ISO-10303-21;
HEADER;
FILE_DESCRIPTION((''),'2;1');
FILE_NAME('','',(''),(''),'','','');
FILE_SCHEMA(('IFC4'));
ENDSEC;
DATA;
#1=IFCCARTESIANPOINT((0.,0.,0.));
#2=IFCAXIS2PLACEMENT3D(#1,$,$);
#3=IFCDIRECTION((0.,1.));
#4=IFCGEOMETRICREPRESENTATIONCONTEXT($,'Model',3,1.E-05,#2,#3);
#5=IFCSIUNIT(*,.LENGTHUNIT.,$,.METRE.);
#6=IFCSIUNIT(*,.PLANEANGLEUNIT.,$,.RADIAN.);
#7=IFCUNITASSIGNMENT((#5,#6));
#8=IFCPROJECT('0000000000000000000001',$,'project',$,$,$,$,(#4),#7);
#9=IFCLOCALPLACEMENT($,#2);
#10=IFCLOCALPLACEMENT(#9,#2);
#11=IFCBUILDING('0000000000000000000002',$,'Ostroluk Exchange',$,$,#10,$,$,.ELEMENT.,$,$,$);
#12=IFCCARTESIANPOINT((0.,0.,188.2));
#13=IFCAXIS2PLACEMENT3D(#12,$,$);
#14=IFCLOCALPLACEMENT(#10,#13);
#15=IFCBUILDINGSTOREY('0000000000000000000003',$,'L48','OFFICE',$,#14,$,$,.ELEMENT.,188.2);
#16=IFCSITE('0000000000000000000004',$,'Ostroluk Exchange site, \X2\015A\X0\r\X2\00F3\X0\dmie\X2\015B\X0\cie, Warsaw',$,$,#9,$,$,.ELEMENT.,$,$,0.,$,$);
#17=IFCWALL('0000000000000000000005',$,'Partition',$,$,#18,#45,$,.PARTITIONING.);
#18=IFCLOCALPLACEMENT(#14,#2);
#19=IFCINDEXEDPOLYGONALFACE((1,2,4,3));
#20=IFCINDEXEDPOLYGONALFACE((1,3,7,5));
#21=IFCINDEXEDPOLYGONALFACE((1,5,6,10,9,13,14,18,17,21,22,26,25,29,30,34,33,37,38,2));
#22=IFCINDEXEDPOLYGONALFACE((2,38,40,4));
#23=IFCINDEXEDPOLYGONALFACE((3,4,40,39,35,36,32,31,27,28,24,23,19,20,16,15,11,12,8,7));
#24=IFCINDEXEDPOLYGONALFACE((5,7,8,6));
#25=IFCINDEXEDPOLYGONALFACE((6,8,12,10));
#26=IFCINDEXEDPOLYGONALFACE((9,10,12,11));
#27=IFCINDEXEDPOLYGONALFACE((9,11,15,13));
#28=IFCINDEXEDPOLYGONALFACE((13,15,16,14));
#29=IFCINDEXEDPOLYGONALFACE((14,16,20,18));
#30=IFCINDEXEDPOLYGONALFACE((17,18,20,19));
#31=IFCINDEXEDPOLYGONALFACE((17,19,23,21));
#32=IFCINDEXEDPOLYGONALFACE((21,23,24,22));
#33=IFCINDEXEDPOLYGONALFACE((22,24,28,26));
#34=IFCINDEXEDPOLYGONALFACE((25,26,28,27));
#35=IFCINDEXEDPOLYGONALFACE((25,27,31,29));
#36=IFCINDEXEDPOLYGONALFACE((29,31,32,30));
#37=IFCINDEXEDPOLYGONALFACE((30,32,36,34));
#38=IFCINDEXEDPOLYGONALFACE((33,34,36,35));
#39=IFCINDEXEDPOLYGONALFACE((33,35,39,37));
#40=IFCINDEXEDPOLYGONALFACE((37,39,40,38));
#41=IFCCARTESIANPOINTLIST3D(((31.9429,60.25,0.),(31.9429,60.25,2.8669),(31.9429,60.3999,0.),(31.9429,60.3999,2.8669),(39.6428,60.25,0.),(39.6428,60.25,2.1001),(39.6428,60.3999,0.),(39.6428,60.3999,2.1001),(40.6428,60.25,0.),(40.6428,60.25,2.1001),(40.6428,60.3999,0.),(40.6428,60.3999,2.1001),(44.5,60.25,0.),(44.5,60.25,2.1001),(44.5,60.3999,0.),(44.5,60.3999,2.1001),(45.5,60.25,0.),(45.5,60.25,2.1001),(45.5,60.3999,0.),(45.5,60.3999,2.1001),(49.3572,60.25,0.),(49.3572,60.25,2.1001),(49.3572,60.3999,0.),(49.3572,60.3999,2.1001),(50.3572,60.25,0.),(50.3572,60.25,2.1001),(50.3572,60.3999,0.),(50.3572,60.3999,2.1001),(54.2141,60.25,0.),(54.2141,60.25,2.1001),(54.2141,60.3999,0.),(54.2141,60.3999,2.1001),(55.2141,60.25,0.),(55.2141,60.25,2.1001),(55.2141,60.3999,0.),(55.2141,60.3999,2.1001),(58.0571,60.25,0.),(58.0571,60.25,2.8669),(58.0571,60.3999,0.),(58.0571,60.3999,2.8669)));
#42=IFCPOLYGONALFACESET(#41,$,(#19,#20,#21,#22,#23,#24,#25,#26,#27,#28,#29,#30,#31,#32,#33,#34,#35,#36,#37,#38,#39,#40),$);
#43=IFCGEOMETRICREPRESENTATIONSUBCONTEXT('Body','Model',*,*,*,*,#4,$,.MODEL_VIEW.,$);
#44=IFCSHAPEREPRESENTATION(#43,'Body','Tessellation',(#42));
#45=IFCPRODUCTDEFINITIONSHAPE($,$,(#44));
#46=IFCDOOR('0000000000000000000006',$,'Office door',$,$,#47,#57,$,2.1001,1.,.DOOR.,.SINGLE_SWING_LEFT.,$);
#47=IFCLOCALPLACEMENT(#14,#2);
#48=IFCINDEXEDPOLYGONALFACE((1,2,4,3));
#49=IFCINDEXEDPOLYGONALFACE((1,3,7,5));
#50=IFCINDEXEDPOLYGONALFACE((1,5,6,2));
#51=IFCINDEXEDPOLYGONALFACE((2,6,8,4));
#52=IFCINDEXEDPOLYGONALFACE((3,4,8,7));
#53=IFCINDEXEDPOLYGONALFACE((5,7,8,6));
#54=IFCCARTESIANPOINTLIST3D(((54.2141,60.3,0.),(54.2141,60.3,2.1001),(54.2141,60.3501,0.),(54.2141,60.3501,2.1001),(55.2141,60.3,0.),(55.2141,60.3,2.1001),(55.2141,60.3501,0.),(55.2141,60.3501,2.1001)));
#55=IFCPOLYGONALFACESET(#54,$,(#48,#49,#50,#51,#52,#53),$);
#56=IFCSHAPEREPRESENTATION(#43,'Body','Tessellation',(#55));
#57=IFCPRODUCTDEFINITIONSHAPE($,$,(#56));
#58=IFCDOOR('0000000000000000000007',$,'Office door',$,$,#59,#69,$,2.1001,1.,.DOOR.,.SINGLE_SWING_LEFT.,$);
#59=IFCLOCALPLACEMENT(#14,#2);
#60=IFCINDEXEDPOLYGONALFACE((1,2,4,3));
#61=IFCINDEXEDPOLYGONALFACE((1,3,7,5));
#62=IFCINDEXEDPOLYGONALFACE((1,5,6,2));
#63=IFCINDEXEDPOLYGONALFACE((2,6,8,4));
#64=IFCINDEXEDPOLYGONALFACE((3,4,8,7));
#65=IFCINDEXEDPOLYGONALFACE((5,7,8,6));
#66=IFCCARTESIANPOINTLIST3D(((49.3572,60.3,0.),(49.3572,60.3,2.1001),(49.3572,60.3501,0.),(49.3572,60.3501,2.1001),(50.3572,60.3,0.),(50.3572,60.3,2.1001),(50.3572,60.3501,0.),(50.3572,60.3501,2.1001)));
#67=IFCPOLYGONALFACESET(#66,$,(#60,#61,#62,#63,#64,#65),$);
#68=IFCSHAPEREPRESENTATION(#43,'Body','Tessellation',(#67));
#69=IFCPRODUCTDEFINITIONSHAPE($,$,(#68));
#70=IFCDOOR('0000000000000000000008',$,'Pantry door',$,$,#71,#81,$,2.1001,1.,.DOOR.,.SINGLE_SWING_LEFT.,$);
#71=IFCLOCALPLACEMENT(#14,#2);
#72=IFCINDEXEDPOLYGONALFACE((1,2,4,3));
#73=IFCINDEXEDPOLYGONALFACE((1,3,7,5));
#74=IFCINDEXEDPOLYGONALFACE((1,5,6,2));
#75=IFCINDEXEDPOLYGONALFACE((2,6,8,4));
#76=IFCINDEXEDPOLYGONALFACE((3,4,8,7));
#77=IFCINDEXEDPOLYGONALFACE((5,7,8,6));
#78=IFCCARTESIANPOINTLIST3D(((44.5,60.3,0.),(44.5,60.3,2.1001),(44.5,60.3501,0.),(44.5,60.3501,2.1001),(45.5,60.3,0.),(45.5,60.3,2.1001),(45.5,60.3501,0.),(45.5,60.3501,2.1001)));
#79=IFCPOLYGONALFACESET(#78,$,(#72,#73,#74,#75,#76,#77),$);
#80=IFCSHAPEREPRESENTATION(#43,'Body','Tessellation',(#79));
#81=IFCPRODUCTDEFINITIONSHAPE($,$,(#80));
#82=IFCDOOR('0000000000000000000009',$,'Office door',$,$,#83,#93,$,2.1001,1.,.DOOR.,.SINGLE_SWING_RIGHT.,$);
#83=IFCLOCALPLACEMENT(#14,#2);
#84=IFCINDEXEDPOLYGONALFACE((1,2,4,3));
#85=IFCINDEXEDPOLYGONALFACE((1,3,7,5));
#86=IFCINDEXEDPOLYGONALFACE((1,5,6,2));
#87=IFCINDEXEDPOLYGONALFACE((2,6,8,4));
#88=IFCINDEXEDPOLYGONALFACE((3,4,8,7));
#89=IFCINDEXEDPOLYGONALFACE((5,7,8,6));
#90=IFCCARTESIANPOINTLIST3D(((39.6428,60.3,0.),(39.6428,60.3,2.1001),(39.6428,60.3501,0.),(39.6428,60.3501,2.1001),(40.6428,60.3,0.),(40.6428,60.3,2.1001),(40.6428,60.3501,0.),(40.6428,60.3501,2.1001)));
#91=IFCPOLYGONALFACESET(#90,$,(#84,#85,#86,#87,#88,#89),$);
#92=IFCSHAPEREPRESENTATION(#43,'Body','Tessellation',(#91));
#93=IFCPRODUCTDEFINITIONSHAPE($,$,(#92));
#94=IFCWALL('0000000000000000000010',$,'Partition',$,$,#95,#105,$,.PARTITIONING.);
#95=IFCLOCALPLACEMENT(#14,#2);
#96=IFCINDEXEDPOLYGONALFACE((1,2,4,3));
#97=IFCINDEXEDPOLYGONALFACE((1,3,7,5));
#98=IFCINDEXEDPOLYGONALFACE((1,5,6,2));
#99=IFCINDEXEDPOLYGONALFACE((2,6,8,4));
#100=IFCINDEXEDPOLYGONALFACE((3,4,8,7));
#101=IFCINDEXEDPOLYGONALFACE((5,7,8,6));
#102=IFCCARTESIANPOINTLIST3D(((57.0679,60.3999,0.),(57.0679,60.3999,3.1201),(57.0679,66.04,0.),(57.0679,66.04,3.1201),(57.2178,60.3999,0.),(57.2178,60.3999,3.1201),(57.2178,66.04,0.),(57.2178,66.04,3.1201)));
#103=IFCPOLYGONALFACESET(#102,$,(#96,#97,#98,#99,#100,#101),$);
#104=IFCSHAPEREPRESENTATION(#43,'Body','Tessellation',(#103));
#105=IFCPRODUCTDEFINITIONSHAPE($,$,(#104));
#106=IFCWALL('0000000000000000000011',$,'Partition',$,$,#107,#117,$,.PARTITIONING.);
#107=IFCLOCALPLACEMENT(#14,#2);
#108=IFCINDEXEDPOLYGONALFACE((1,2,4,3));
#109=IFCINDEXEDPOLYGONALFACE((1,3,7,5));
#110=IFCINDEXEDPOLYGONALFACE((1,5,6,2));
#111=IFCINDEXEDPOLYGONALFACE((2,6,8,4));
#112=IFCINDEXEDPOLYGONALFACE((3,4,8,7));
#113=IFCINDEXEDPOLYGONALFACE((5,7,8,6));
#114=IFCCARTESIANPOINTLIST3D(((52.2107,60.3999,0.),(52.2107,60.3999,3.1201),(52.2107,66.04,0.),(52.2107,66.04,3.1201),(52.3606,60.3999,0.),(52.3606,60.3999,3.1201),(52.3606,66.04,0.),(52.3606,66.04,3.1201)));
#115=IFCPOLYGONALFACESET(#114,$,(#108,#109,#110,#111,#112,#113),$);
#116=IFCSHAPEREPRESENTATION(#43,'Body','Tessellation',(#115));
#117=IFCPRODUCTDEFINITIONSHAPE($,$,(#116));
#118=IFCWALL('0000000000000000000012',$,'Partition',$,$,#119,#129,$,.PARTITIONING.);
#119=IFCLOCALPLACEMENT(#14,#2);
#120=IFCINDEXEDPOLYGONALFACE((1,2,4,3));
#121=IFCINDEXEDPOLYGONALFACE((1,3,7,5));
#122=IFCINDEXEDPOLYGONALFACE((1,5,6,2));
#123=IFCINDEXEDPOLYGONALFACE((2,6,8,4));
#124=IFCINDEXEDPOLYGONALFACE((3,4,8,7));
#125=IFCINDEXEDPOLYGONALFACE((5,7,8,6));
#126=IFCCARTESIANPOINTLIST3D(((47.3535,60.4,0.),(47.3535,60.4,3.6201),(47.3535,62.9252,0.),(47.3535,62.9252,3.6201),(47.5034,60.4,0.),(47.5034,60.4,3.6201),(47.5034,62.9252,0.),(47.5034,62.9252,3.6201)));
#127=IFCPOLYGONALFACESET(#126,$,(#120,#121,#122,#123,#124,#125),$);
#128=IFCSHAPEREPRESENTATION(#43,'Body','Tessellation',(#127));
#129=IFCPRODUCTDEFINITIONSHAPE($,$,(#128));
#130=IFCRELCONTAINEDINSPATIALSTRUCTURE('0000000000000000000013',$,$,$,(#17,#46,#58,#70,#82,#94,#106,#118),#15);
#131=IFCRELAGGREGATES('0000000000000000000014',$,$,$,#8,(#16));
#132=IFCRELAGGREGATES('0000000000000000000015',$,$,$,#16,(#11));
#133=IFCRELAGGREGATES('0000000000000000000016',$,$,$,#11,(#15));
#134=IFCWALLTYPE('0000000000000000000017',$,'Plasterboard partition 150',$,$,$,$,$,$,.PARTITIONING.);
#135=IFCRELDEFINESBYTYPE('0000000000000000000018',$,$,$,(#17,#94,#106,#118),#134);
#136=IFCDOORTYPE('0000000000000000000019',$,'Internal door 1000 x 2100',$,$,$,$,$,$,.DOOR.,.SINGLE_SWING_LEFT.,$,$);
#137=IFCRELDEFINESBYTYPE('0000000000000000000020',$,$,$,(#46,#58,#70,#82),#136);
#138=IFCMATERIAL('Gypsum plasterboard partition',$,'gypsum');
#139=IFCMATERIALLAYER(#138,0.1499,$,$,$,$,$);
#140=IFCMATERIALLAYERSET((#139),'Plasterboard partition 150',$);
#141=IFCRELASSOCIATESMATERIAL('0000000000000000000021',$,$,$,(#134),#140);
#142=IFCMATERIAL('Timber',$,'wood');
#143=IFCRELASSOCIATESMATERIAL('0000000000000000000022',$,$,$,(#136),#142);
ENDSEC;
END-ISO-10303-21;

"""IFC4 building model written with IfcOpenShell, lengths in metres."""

from ifc_helpers import new_model, si_unit, direction, frame, frame_2d, origin, place, context, subcontext, project, spatial, rectangle, extrude, material, layer, layer_set, type_object, element, fill, save


model = new_model("IFC4")

# Units and contexts
model_context = context("Model", 3, precision=1e-05, world=origin(), true_north=direction((0.0, 1.0)))
body_context = subcontext(model_context, "Body", "Model", "MODEL_VIEW")
ifc_project = project(units=[si_unit("LENGTHUNIT", "METRE"), si_unit("PLANEANGLEUNIT", "RADIAN")], contexts=[model_context])

# Site, building, storey
site_placement = place(None, origin())
site = spatial("IfcSite", under=ifc_project, at=site_placement, Name="Ostroluk Exchange site, Śródmieście, Warsaw", CompositionType="ELEMENT", RefElevation=0.0)
building_placement = place(site_placement, origin())
building = spatial("IfcBuilding", under=site, at=building_placement, Name="Ostroluk Exchange", CompositionType="ELEMENT")
storey_placement = place(building_placement, frame((0.0, 0.0, 188.2)))
storey = spatial("IfcBuildingStorey", under=building, at=storey_placement, Name="L48", Description="OFFICE", CompositionType="ELEMENT", Elevation=188.2)

# Shared definitions
ifc_material_1 = material(Name="Gypsum plasterboard partition", Category="gypsum")
ifc_layer_1 = layer(ifc_material_1, 0.1499)
ifc_layer_set_1 = layer_set([ifc_layer_1], Name="Plasterboard partition 150")
wall_type = type_object("IfcWallType", Name="Plasterboard partition 150", PredefinedType="PARTITIONING", material=ifc_layer_set_1)
ifc_material_2 = material(Name="Timber", Category="wood")
door_type = type_object("IfcDoorType", Name="Internal door 1000 x 2100", OperationType="SINGLE_SWING_LEFT", PredefinedType="DOOR", material=ifc_material_2)

# Wall, openings, doors
wall_1_placement = place(storey_placement, frame((58.0571, 60.325, 0.0), z_axis=(0.0, 0.0, 1.0), x_axis=(-1.0, 0.0, 0.0)))
wall_1 = element("IfcWall", 1, at=wall_1_placement, inside=storey, type_object=wall_type, Name="Partition", PredefinedType="PARTITIONING", context=body_context, shape_type="SweptSolid", body=[
    extrude(rectangle(XDim=26.1143, YDim=0.1499, at=frame_2d((13.0571, 0.0))), origin(), (0.0, 0.0, 1.0), 2.8669),
])
opening_1_placement = place(wall_1_placement, frame((2.843, 0.0, 0.0)))
opening_1 = element("IfcOpeningElement", 2, at=opening_1_placement, cuts=wall_1, PredefinedType="OPENING", context=body_context, shape_type="SweptSolid", body=[
    extrude(rectangle(XDim=1.0, YDim=2.1001, at=frame_2d((0.5, 1.05))), frame((0.0, 0.085, 0.0), z_axis=(0.0, -1.0, 0.0), x_axis=(1.0, 0.0, 0.0)), (0.0, 0.0, 1.0), 0.1699),
])
opening_2_placement = place(wall_1_placement, frame((7.7, 0.0, 0.0)))
opening_2 = element("IfcOpeningElement", 3, at=opening_2_placement, cuts=wall_1, PredefinedType="OPENING", context=body_context, shape_type="SweptSolid", body=[
    extrude(rectangle(XDim=1.0, YDim=2.1001, at=frame_2d((0.5, 1.05))), frame((0.0, 0.085, 0.0), z_axis=(0.0, -1.0, 0.0), x_axis=(1.0, 0.0, 0.0)), (0.0, 0.0, 1.0), 0.1699),
])
opening_3_placement = place(wall_1_placement, frame((12.5571, 0.0, 0.0)))
opening_3 = element("IfcOpeningElement", 4, at=opening_3_placement, cuts=wall_1, PredefinedType="OPENING", context=body_context, shape_type="SweptSolid", body=[
    extrude(rectangle(XDim=1.0, YDim=2.1001, at=frame_2d((0.5, 1.05))), frame((0.0, 0.085, 0.0), z_axis=(0.0, -1.0, 0.0), x_axis=(1.0, 0.0, 0.0)), (0.0, 0.0, 1.0), 0.1699),
])
opening_4_placement = place(wall_1_placement, frame((17.4143, 0.0, 0.0)))
opening_4 = element("IfcOpeningElement", 5, at=opening_4_placement, cuts=wall_1, PredefinedType="OPENING", context=body_context, shape_type="SweptSolid", body=[
    extrude(rectangle(XDim=1.0, YDim=2.1001, at=frame_2d((0.5, 1.05))), frame((0.0, 0.085, 0.0), z_axis=(0.0, -1.0, 0.0), x_axis=(1.0, 0.0, 0.0)), (0.0, 0.0, 1.0), 0.1699),
])
door_1_placement = place(opening_1_placement, origin())
door_1 = element("IfcDoor", 6, at=door_1_placement, inside=storey, type_object=door_type, Name="Office door", OperationType="SINGLE_SWING_LEFT", OverallHeight=2.1001, OverallWidth=1.0, PredefinedType="DOOR", context=body_context, shape_type="SweptSolid", body=[
    extrude(rectangle(XDim=1.0, YDim=2.1001, at=frame_2d((0.5, 1.05))), frame((0.0, 0.0249, 0.0), z_axis=(0.0, -1.0, 0.0), x_axis=(1.0, 0.0, 0.0)), (0.0, 0.0, 1.0), 0.05),
])
fill(opening_1, door_1)
door_2_placement = place(opening_2_placement, origin())
door_2 = element("IfcDoor", 7, at=door_2_placement, inside=storey, type_object=door_type, Name="Office door", OperationType="SINGLE_SWING_LEFT", OverallHeight=2.1001, OverallWidth=1.0, PredefinedType="DOOR", context=body_context, shape_type="SweptSolid", body=[
    extrude(rectangle(XDim=1.0, YDim=2.1001, at=frame_2d((0.5, 1.05))), frame((0.0, 0.0249, 0.0), z_axis=(0.0, -1.0, 0.0), x_axis=(1.0, 0.0, 0.0)), (0.0, 0.0, 1.0), 0.05),
])
fill(opening_2, door_2)
door_3_placement = place(opening_3_placement, origin())
door_3 = element("IfcDoor", 8, at=door_3_placement, inside=storey, type_object=door_type, Name="Pantry door", OperationType="SINGLE_SWING_LEFT", OverallHeight=2.1001, OverallWidth=1.0, PredefinedType="DOOR", context=body_context, shape_type="SweptSolid", body=[
    extrude(rectangle(XDim=1.0, YDim=2.1001, at=frame_2d((0.5, 1.05))), frame((0.0, 0.0249, 0.0), z_axis=(0.0, -1.0, 0.0), x_axis=(1.0, 0.0, 0.0)), (0.0, 0.0, 1.0), 0.05),
])
fill(opening_3, door_3)
door_4_placement = place(opening_4_placement, origin())
door_4 = element("IfcDoor", 9, at=door_4_placement, inside=storey, type_object=door_type, Name="Office door", OperationType="SINGLE_SWING_RIGHT", OverallHeight=2.1001, OverallWidth=1.0, PredefinedType="DOOR", context=body_context, shape_type="SweptSolid", body=[
    extrude(rectangle(XDim=1.0, YDim=2.1001, at=frame_2d((0.5, 1.05))), frame((0.0, 0.0249, 0.0), z_axis=(0.0, -1.0, 0.0), x_axis=(1.0, 0.0, 0.0)), (0.0, 0.0, 1.0), 0.05),
])
fill(opening_4, door_4)

# Walls
for number, where, z_axis, x_axis, name in (
    (10, (57.1428, 60.3999, 0.0), (0.0, 0.0, 1.0), (0.0, 1.0, 0.0), "Partition"),
    (11, (52.2856, 60.3999, 0.0), (0.0, 0.0, 1.0), (0.0, 1.0, 0.0), "Partition"),
):
    element("IfcWall", number, at=place(storey_placement, frame(where, z_axis=z_axis, x_axis=x_axis)), inside=storey, type_object=wall_type, Name=name, PredefinedType="PARTITIONING", context=body_context, shape_type="SweptSolid", body=[
        extrude(rectangle(XDim=5.6401, YDim=0.1499, at=frame_2d((2.8201, 0.0))), origin(), (0.0, 0.0, 1.0), 3.1201),
    ])
wall_2_placement = place(storey_placement, frame((47.4285, 60.3999, 0.0), z_axis=(0.0, 0.0, 1.0), x_axis=(0.0, 1.0, 0.0)))
element("IfcWall", 12, at=wall_2_placement, inside=storey, type_object=wall_type, Name="Partition", PredefinedType="PARTITIONING", context=body_context, shape_type="SweptSolid", body=[
    extrude(rectangle(XDim=2.5251, YDim=0.1499, at=frame_2d((1.2627, 0.0))), origin(), (0.0, 0.0, 1.0), 3.6201),
])

save(model, "model.ifc")
